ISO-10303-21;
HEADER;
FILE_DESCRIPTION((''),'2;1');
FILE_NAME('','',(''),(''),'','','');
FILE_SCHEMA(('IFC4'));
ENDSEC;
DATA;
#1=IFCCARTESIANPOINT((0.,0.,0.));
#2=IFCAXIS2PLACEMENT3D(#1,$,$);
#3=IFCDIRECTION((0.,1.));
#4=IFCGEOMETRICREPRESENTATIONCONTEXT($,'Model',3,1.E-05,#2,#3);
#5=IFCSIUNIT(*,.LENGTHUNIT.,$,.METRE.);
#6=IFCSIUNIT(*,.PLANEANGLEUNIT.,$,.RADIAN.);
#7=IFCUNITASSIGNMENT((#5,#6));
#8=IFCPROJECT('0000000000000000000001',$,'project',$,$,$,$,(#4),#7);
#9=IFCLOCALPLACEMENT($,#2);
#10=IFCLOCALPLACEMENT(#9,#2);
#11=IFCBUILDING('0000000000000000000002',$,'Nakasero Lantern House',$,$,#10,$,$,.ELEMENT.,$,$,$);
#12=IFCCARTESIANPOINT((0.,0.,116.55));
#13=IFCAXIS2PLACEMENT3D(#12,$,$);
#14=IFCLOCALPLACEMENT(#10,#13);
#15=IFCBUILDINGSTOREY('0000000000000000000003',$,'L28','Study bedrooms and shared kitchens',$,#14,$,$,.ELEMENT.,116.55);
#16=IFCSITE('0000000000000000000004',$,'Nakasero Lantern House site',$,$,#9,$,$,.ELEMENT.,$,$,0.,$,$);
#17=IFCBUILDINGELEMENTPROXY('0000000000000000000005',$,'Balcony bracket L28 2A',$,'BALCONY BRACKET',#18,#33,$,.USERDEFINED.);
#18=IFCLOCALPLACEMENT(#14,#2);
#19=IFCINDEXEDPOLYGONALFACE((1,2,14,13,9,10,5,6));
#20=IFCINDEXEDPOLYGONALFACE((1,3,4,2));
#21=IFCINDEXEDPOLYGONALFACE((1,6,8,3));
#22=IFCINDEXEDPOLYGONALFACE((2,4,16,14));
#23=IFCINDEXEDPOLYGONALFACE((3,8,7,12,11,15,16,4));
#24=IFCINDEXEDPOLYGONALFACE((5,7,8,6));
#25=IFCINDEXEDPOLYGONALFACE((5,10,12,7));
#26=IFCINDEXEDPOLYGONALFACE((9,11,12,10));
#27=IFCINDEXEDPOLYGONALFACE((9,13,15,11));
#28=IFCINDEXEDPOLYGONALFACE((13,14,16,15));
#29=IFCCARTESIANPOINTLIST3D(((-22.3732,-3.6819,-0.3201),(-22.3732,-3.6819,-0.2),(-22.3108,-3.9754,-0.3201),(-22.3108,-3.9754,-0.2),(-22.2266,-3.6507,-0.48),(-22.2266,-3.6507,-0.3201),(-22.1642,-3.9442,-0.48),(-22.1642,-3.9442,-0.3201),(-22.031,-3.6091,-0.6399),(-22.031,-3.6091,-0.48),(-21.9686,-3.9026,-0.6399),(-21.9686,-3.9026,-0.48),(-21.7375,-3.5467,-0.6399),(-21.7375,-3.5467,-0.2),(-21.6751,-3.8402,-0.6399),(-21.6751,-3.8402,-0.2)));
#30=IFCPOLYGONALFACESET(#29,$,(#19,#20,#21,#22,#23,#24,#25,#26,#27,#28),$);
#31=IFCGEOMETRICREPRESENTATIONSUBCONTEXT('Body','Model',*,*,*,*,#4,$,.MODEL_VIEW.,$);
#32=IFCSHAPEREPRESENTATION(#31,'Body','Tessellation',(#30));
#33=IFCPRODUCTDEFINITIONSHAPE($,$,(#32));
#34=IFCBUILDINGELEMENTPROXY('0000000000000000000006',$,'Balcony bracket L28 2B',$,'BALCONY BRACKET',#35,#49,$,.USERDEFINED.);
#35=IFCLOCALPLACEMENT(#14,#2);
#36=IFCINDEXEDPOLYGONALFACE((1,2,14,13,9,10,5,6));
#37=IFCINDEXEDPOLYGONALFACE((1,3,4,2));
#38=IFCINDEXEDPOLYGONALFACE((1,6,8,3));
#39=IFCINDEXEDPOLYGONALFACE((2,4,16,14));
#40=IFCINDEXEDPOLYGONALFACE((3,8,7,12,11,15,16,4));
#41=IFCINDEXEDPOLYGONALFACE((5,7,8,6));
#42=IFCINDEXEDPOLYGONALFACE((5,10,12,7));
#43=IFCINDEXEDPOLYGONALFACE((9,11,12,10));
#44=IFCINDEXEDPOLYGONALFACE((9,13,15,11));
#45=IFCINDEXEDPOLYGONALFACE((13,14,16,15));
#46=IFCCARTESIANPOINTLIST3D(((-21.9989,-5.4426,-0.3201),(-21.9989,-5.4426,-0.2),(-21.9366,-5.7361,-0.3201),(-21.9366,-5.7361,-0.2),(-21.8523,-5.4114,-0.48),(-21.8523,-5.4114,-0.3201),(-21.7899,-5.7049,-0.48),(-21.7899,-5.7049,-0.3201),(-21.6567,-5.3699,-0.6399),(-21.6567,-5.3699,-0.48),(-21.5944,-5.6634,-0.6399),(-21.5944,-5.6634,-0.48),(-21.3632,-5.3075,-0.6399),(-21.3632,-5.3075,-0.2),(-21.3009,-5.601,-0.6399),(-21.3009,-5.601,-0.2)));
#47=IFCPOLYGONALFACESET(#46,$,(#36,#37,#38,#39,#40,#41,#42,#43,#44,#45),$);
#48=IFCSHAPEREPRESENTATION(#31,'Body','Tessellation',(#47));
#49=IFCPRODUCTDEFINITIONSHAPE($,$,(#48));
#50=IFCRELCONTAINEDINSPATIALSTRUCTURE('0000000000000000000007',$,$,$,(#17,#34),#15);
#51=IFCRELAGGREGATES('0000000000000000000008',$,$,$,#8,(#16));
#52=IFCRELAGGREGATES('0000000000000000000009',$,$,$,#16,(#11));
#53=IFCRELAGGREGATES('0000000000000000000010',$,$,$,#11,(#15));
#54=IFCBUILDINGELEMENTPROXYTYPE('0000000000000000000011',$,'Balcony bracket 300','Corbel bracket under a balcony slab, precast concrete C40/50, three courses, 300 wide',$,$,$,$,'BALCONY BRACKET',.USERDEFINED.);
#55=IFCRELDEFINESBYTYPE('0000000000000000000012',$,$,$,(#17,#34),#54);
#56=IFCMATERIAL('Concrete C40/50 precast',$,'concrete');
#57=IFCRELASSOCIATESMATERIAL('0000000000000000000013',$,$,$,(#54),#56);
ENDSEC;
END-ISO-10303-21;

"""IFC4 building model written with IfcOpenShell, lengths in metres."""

from ifc_helpers import new_model, si_unit, direction, frame, origin, place, context, subcontext, project, spatial, polyline, outline, extrude, material, type_object, element, save


model = new_model("IFC4")

# Units and contexts
model_context = context("Model", 3, precision=1e-05, world=origin(), true_north=direction((0.0, 1.0)))
body_context = subcontext(model_context, "Body", "Model", "MODEL_VIEW")
ifc_project = project(units=[si_unit("LENGTHUNIT", "METRE"), si_unit("PLANEANGLEUNIT", "RADIAN")], contexts=[model_context])

# Site, building, storey
site_placement = place(None, origin())
site = spatial("IfcSite", under=ifc_project, at=site_placement, Name="Nakasero Lantern House site", CompositionType="ELEMENT", RefElevation=0.0)
building_placement = place(site_placement, origin())
building = spatial("IfcBuilding", under=site, at=building_placement, Name="Nakasero Lantern House", CompositionType="ELEMENT")
storey_placement = place(building_placement, frame((0.0, 0.0, 116.55)))
storey = spatial("IfcBuildingStorey", under=building, at=storey_placement, Name="L28", Description="Study bedrooms and shared kitchens", CompositionType="ELEMENT", Elevation=116.55)

# Building element proxies
ifc_material_1 = material(Name="Concrete C40/50 precast", Category="concrete")
building_element_proxy_type = type_object("IfcBuildingElementProxyType", Name="Balcony bracket 300", Description="Corbel bracket under a balcony slab, precast concrete C40/50, three courses, 300 wide", ElementType="BALCONY BRACKET", PredefinedType="USERDEFINED", material=ifc_material_1)
for number, where, z_axis, x_axis, name in (
    (1, (-21.7063, -3.6936, -0.2), (0.0, 0.0, 1.0), (-0.978148, -0.207912, 0.0), "Balcony bracket L28 2A"),
    (2, (-21.332, -5.4543, -0.2), (0.0, 0.0, 1.0), (-0.978148, -0.207912, 0.0), "Balcony bracket L28 2B"),
):
    element("IfcBuildingElementProxy", number, at=place(storey_placement, frame(where, z_axis=z_axis, x_axis=x_axis)), inside=storey, type_object=building_element_proxy_type, Name=name, ObjectType="BALCONY BRACKET", PredefinedType="USERDEFINED", context=body_context, shape_type="SweptSolid", body=[
        extrude(outline(polyline([(0.0, 0.0), (0.6499, 0.0), (0.6499, -0.1201), (0.5, -0.1201), (0.5, -0.28), (0.3, -0.28), (0.3, -0.4399), (0.0, -0.4399), (0.0, 0.0)])), frame((0.0, 0.1499, 0.0), z_axis=(0.0, -1.0, 0.0), x_axis=(1.0, 0.0, 0.0)), (0.0, 0.0, 1.0), 0.3),
    ])

save(model, "model.ifc")
